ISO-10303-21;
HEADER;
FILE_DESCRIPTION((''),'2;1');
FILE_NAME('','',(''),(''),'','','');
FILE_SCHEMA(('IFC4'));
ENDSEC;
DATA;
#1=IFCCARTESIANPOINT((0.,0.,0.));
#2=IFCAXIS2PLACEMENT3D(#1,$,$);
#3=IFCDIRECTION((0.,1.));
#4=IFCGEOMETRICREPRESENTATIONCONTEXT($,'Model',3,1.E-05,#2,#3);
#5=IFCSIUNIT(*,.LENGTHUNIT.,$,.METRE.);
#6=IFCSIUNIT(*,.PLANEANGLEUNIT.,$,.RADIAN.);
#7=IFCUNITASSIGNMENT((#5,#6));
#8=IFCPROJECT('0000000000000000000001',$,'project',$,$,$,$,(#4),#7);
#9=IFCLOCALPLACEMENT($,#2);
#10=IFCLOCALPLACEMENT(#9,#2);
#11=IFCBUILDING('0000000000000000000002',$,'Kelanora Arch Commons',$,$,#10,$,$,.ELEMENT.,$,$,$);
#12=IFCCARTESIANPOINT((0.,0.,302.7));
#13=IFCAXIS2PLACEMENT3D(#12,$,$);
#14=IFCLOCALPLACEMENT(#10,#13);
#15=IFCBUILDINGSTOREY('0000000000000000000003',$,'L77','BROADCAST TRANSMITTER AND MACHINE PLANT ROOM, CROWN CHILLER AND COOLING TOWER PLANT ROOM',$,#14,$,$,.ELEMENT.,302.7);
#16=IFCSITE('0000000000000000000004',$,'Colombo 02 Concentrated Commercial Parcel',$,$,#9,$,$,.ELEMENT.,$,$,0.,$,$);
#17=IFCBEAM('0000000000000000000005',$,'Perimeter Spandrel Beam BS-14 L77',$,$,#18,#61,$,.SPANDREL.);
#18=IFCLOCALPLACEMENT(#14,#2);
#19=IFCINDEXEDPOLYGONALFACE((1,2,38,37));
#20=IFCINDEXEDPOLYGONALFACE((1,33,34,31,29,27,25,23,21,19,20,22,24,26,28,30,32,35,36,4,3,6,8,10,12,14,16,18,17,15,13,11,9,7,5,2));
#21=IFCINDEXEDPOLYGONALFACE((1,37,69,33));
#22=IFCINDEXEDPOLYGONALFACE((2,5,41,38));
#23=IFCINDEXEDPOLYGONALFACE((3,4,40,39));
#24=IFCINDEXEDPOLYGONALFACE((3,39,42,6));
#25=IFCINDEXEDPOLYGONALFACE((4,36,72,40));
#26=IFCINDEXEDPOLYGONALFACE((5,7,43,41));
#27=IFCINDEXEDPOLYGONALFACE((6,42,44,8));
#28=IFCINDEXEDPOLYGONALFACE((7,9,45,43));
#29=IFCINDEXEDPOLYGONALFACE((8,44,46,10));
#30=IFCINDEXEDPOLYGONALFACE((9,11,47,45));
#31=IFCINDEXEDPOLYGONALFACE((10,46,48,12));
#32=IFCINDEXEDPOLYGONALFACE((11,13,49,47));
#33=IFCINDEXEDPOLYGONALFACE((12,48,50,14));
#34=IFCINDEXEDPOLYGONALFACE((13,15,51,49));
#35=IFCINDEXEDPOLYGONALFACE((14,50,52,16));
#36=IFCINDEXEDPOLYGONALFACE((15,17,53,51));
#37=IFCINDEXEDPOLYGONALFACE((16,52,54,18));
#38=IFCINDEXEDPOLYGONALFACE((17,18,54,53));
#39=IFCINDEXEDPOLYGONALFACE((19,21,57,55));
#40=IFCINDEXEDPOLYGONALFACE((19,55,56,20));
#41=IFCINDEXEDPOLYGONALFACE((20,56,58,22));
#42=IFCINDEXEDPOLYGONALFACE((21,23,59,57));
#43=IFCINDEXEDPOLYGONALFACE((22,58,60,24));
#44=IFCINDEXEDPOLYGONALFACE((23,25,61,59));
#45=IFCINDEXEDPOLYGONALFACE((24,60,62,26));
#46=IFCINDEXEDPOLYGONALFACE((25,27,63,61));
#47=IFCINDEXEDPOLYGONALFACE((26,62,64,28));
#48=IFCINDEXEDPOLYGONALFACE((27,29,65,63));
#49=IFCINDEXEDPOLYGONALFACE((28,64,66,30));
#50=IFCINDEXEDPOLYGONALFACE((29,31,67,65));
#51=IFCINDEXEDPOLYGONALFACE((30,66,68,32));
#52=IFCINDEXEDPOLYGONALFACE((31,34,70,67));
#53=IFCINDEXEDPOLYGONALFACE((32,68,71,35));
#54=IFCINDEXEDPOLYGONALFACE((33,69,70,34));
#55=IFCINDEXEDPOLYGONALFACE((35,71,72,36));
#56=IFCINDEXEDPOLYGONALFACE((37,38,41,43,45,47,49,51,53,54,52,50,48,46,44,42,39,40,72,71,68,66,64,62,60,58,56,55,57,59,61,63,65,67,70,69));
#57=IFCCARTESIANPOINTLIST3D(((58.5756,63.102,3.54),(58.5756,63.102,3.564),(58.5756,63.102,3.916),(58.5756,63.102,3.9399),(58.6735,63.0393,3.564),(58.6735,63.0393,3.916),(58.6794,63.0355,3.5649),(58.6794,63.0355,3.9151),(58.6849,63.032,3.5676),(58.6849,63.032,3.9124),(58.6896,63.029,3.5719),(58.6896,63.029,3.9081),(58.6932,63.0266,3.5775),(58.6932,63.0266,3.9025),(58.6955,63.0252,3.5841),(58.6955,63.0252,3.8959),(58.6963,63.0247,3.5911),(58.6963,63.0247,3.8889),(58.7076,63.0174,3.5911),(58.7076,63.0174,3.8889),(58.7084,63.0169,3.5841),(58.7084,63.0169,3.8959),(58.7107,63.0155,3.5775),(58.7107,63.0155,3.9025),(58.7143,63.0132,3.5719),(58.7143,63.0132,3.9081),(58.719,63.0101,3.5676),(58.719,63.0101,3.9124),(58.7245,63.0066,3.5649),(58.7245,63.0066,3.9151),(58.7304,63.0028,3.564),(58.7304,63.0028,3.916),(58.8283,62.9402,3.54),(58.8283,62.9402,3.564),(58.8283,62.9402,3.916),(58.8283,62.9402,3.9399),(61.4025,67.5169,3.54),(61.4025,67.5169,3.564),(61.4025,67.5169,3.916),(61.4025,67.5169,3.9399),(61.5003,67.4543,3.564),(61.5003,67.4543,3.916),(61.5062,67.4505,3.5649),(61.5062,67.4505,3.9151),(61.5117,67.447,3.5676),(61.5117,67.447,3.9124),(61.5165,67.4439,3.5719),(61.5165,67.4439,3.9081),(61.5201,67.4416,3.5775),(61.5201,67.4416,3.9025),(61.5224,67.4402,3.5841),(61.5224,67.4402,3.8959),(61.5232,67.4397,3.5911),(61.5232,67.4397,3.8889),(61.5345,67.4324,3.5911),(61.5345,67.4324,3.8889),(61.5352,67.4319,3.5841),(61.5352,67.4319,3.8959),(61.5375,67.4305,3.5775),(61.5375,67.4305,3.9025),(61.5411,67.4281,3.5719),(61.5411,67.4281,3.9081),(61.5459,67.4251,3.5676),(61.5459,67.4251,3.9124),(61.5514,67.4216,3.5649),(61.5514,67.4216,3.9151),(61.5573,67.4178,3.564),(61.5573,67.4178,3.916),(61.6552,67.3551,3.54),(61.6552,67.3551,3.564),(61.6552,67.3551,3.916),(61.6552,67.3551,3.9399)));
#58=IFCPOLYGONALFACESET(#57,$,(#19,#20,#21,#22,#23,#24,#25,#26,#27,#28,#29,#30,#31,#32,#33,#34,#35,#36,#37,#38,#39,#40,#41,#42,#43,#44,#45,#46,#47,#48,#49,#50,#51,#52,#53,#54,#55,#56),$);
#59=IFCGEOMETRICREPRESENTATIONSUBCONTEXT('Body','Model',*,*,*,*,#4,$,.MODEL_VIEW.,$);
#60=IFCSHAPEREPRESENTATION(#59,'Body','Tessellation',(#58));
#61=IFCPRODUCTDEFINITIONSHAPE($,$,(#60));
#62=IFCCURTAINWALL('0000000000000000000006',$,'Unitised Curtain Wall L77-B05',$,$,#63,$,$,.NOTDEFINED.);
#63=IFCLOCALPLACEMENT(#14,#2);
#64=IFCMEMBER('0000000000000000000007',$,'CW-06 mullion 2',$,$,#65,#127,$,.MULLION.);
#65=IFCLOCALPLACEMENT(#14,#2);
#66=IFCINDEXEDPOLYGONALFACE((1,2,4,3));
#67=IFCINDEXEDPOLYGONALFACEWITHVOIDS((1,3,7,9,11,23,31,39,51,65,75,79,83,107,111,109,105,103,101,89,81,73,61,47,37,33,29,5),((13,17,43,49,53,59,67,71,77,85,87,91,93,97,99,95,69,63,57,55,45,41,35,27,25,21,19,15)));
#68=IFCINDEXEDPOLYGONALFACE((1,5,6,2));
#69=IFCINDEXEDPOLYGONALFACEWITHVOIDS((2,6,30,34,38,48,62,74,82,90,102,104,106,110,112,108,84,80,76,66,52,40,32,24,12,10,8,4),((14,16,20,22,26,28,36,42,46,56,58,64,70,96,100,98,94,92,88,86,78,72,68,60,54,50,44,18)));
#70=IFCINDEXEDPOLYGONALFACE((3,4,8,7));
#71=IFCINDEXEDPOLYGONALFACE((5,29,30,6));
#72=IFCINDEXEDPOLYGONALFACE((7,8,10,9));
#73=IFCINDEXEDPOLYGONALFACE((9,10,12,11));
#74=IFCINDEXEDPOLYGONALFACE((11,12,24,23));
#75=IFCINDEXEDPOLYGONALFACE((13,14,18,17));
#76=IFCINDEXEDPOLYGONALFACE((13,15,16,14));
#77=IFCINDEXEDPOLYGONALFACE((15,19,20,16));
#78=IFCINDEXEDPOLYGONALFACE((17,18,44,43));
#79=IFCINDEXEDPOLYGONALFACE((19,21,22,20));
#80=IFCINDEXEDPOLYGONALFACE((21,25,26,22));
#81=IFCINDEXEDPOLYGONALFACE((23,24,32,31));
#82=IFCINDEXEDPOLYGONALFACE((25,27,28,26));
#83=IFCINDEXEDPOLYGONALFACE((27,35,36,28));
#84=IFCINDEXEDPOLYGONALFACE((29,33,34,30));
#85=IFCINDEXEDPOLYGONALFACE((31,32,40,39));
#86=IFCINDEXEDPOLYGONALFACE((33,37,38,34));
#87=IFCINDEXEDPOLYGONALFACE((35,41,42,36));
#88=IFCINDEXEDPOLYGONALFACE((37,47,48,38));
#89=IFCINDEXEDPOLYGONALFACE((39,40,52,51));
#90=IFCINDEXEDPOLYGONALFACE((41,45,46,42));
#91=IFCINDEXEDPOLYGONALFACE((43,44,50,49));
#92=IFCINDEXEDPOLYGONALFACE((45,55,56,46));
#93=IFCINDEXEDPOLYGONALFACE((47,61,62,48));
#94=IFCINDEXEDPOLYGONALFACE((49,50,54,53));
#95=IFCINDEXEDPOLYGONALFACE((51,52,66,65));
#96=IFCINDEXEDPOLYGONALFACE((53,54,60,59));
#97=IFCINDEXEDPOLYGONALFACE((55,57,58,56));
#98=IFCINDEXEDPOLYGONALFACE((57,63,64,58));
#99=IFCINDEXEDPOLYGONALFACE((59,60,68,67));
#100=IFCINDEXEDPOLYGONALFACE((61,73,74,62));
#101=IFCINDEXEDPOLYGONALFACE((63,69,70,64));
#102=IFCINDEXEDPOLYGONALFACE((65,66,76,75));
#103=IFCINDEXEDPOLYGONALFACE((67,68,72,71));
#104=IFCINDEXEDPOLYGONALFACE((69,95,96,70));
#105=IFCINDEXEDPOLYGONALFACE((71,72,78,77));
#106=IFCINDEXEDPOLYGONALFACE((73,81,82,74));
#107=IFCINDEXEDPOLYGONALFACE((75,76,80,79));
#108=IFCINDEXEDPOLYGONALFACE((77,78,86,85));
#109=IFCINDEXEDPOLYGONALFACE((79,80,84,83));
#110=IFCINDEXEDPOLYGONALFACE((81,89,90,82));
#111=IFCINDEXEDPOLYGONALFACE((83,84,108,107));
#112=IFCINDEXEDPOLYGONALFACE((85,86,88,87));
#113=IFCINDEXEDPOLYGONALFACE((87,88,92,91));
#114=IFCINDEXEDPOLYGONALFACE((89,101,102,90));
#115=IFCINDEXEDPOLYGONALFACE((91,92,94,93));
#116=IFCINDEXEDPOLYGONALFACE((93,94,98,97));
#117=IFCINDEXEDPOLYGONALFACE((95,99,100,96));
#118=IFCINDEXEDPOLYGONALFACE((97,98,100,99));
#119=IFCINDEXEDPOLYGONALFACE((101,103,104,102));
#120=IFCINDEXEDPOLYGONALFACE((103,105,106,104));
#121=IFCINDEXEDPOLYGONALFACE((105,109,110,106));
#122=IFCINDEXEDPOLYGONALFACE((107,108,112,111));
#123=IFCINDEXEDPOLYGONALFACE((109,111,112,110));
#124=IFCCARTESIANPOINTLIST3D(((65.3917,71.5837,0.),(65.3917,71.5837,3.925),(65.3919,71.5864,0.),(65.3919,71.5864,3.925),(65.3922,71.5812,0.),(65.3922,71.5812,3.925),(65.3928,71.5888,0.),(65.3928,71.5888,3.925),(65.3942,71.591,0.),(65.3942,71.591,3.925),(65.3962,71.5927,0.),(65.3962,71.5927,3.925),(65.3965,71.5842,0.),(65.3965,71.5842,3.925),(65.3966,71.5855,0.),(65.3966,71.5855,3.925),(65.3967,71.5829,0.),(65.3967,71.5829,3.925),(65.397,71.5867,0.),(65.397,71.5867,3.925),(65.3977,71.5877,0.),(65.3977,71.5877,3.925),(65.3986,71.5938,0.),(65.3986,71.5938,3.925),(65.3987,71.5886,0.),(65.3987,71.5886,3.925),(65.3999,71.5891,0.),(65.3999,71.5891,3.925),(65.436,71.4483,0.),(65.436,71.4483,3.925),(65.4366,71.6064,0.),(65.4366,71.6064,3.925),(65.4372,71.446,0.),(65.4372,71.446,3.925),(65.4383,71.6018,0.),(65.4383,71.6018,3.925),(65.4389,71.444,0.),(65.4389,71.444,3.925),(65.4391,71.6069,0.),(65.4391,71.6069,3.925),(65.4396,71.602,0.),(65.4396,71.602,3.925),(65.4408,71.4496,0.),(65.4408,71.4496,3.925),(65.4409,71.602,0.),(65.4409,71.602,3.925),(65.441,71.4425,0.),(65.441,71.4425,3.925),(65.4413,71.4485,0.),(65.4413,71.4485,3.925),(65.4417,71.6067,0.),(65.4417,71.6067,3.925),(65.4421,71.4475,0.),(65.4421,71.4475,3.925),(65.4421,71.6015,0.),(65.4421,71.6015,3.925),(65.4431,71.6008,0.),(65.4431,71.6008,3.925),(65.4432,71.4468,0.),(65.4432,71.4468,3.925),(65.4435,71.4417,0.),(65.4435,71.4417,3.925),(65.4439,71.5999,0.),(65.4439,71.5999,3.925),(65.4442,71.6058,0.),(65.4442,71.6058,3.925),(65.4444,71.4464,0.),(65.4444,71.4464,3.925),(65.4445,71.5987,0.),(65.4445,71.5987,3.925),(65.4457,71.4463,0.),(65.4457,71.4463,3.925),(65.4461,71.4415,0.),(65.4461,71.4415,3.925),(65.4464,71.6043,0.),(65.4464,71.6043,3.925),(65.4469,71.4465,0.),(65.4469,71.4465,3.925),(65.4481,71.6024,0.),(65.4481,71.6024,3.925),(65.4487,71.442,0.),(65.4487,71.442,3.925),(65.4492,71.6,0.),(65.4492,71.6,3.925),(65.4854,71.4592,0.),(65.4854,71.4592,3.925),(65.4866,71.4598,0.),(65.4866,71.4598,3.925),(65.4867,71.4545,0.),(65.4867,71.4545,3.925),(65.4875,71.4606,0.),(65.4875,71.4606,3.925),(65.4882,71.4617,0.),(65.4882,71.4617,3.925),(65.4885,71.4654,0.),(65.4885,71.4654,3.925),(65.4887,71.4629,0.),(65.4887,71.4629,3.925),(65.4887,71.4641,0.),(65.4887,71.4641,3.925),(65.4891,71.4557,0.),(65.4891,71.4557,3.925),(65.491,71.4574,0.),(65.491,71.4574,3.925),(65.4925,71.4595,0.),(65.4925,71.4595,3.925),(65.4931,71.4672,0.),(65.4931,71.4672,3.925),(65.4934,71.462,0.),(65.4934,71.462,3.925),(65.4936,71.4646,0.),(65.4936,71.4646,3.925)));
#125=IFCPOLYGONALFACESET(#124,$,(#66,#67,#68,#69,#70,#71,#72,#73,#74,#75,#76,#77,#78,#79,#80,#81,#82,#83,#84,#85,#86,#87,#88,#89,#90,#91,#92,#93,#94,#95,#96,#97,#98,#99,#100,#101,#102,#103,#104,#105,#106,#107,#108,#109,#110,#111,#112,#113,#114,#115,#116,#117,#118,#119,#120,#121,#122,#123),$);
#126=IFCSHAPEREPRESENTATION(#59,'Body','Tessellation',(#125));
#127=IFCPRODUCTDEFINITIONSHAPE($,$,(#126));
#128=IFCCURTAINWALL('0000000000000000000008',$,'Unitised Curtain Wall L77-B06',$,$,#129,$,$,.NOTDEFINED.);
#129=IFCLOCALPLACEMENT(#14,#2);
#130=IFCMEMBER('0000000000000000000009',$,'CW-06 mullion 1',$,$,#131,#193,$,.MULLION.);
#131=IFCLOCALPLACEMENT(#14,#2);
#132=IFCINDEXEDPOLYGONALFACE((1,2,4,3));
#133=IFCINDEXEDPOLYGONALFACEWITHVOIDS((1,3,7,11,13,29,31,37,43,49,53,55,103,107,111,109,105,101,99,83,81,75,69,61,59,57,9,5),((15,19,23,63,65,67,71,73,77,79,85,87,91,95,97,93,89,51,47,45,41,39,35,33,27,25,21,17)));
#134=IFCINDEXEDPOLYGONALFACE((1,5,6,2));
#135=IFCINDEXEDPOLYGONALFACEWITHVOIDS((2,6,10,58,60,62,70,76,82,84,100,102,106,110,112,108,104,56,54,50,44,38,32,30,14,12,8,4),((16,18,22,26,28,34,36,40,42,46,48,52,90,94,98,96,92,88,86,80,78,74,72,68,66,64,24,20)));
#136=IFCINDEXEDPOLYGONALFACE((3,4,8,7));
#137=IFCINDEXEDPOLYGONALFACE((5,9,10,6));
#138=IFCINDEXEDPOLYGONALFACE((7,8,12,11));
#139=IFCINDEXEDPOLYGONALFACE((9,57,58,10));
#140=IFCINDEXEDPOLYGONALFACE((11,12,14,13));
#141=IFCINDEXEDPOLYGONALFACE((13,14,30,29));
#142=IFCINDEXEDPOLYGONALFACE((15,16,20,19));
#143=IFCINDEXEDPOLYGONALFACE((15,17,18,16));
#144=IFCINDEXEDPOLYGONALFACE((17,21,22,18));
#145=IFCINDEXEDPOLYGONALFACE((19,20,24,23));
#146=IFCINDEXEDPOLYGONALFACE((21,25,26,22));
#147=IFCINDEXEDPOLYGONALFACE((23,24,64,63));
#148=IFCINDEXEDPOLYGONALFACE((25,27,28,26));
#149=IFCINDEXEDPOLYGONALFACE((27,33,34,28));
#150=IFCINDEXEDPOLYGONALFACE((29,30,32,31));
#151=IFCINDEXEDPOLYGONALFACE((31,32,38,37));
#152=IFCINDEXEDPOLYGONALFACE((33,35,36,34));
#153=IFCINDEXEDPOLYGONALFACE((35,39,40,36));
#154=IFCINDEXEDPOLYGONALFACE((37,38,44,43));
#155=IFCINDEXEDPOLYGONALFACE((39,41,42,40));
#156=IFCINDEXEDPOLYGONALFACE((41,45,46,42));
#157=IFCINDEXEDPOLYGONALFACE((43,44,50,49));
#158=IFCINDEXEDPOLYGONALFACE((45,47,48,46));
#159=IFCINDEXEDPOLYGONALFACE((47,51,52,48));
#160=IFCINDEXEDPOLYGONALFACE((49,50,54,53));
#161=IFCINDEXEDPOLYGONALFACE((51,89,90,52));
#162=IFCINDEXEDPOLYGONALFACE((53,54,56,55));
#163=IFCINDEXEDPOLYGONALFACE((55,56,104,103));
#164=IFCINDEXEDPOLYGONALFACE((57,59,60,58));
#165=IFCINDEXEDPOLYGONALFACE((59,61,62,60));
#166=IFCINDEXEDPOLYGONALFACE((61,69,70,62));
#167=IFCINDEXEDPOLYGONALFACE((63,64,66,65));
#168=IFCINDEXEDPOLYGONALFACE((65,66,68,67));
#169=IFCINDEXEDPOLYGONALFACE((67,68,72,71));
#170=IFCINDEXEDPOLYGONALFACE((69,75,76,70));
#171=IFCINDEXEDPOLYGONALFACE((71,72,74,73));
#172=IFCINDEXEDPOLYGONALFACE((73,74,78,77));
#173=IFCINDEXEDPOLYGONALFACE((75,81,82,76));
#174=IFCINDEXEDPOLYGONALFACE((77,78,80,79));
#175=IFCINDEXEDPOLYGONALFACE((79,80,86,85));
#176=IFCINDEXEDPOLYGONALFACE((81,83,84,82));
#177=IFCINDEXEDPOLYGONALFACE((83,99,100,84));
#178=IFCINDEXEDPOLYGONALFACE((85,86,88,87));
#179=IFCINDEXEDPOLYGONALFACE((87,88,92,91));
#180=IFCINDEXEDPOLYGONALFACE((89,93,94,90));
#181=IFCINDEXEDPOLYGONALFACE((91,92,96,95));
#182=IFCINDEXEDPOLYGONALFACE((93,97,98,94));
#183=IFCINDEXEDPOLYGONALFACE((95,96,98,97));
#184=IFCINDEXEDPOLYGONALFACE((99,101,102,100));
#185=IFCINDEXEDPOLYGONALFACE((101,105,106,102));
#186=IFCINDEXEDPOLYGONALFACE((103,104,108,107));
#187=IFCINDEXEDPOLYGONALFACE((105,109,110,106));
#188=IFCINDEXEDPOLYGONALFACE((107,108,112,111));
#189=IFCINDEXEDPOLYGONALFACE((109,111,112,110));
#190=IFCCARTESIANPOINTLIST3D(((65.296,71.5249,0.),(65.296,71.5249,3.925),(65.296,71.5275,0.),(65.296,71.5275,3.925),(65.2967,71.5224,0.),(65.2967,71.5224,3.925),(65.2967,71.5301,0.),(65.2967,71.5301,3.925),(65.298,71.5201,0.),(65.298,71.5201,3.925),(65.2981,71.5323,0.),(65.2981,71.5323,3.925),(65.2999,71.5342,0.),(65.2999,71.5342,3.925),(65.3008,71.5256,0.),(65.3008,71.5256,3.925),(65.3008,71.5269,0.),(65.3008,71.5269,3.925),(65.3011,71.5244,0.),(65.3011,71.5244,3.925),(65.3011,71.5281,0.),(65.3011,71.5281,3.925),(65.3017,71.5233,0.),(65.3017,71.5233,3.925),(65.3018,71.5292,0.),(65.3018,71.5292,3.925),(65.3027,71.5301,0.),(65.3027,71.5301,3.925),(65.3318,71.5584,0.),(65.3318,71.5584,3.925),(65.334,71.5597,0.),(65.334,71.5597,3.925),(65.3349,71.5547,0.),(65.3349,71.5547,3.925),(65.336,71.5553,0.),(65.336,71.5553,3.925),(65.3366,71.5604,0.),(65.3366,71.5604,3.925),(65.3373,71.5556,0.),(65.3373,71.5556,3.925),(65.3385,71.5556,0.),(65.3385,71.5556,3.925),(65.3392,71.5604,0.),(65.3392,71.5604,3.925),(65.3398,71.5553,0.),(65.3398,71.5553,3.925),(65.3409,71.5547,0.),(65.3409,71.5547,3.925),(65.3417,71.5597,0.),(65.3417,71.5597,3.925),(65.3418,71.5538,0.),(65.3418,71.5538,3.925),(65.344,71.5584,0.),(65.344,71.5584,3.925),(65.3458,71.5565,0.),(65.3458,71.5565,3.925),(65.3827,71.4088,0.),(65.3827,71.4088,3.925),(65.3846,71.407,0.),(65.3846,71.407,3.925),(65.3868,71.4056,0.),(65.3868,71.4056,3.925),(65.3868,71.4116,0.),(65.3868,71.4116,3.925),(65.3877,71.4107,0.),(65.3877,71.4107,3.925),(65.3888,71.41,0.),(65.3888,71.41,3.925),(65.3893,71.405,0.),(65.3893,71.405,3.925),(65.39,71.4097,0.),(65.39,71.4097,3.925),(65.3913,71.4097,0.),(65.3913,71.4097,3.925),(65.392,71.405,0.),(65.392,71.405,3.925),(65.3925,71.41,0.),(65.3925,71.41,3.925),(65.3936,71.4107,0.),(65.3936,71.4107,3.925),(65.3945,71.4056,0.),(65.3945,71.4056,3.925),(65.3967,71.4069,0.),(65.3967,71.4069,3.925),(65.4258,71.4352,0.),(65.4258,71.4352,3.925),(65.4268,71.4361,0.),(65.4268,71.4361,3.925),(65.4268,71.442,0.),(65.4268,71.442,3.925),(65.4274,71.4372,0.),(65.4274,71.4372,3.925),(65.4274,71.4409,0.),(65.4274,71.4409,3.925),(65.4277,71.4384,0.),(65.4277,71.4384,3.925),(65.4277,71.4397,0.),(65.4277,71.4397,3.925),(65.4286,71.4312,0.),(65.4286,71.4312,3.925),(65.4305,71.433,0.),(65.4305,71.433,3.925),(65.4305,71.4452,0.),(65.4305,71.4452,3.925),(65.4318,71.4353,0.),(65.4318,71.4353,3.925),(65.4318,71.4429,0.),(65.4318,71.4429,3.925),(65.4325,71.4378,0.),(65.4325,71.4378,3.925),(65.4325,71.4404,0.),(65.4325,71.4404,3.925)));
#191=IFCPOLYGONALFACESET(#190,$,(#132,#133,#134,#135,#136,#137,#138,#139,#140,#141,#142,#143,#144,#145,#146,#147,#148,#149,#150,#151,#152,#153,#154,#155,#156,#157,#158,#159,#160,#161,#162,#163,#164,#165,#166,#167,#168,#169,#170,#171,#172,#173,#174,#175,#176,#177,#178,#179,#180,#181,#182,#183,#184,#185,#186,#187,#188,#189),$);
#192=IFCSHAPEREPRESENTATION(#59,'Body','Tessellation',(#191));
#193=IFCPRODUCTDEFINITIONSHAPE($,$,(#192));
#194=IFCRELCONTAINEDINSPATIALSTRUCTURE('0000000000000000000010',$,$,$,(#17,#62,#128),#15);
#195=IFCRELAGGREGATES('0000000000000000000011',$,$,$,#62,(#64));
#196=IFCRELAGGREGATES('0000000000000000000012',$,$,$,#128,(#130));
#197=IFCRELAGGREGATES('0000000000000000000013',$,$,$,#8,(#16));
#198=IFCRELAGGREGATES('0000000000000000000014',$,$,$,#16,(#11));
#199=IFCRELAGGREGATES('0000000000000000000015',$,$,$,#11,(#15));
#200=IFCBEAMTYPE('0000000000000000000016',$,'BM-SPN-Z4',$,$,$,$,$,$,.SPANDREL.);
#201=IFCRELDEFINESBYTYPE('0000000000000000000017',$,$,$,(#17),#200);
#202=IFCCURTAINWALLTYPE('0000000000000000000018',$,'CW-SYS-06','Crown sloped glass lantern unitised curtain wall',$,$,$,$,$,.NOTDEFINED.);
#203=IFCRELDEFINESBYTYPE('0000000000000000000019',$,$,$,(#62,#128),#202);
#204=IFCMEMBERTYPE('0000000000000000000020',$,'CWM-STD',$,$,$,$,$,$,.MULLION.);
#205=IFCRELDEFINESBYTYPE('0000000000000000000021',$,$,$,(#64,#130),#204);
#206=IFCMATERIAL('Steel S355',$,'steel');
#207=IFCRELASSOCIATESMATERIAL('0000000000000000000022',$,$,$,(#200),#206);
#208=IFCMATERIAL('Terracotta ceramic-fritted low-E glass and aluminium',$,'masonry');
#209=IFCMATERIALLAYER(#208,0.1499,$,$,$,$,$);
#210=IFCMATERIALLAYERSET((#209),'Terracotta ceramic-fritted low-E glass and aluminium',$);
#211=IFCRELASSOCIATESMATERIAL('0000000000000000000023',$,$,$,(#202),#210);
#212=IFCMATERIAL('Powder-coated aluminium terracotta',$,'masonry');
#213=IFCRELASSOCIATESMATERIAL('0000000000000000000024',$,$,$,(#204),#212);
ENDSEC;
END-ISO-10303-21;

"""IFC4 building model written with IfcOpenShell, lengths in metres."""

from ifc_helpers import new_model, si_unit, direction, frame, origin, origin_2d, place, context, subcontext, project, spatial, hollow_rectangle, i_section, extrude, material, layer, layer_set, material_profile, profile_set, type_object, element, aggregate, save


model = new_model("IFC4")

# Units and contexts
model_context = context("Model", 3, precision=1e-05, world=origin(), true_north=direction((0.0, 1.0)))
body_context = subcontext(model_context, "Body", "Model", "MODEL_VIEW")
ifc_project = project(units=[si_unit("LENGTHUNIT", "METRE"), si_unit("PLANEANGLEUNIT", "RADIAN")], contexts=[model_context])

# Site, building, storey
site_placement = place(None, origin())
site = spatial("IfcSite", under=ifc_project, at=site_placement, Name="Colombo 02 Concentrated Commercial Parcel", CompositionType="ELEMENT", RefElevation=0.0)
building_placement = place(site_placement, origin())
building = spatial("IfcBuilding", under=site, at=building_placement, Name="Kelanora Arch Commons", CompositionType="ELEMENT")
storey_placement = place(building_placement, frame((0.0, 0.0, 302.7)))
storey = spatial("IfcBuildingStorey", under=building, at=storey_placement, Name="L77", Description="BROADCAST TRANSMITTER AND MACHINE PLANT ROOM, CROWN CHILLER AND COOLING TOWER PLANT ROOM", CompositionType="ELEMENT", Elevation=302.7)

# Beam
ifc_material_1 = material(Name="Steel S355", Category="steel")
ifc_material_profile_1 = material_profile(ifc_material_1, i_section(OverallWidth=0.3, OverallDepth=0.3999, WebThickness=0.0134, FlangeThickness=0.0239, FilletRadius=0.0271, at=origin_2d()), Name="HEB400")
ifc_profile_set_1 = profile_set([ifc_material_profile_1], Name="Steel S355")
beam_type_1 = type_object("IfcBeamType", Name="BM-SPN-Z4", PredefinedType="SPANDREL", material=ifc_profile_set_1)
beam_1_placement = place(storey_placement, frame((61.5288, 67.436, 3.74), z_axis=(-0.539227, -0.842161, 0.0), x_axis=(0.842161, -0.539227, 0.0)))
element("IfcBeam", 1, at=beam_1_placement, inside=storey, type_object=beam_type_1, Name="Perimeter Spandrel Beam BS-14 L77", PredefinedType="SPANDREL", context=body_context, shape_type="SweptSolid", body=[
    extrude(i_section(OverallWidth=0.3, OverallDepth=0.3999, WebThickness=0.0134, FlangeThickness=0.0239, FilletRadius=0.0271, at=origin_2d()), origin(), (0.0, 0.0, 1.0), 5.2424),
])

# Curtain wall, member
ifc_material_2 = material(Name="Terracotta ceramic-fritted low-E glass and aluminium", Category="masonry")
ifc_layer_1 = layer(ifc_material_2, 0.1499)
ifc_layer_set_1 = layer_set([ifc_layer_1], Name="Terracotta ceramic-fritted low-E glass and aluminium")
curtain_wall_type = type_object("IfcCurtainWallType", Name="CW-SYS-06", Description="Crown sloped glass lantern unitised curtain wall", PredefinedType="NOTDEFINED", material=ifc_layer_set_1)
curtain_wall_1_placement = place(storey_placement, origin())
curtain_wall_1 = element("IfcCurtainWall", 2, at=curtain_wall_1_placement, inside=storey, type_object=curtain_wall_type, Name="Unitised Curtain Wall L77-B05", PredefinedType="NOTDEFINED")
ifc_material_3 = material(Name="Powder-coated aluminium terracotta", Category="masonry")
ifc_material_profile_2 = material_profile(ifc_material_3, hollow_rectangle(XDim=0.1599, YDim=0.0601, WallThickness=0.0049, InnerFilletRadius=0.0049, OuterFilletRadius=0.01, at=origin_2d()), Name="CWM160x60")
ifc_profile_set_2 = profile_set([ifc_material_profile_2], Name="Powder-coated aluminium terracotta")
member_type_1 = type_object("IfcMemberType", Name="CWM-STD", PredefinedType="MULLION", material=ifc_profile_set_2)
member_1_placement = place(storey_placement, frame((65.4426, 71.5242, 0.0), z_axis=(0.0, 0.0, 1.0), x_axis=(0.313467, -0.949599, 0.0)))
member_1 = element("IfcMember", 3, at=member_1_placement, type_object=member_type_1, Name="CW-06 mullion 2", PredefinedType="MULLION", context=body_context, shape_type="SweptSolid", body=[
    extrude(hollow_rectangle(XDim=0.1599, YDim=0.0601, WallThickness=0.0049, InnerFilletRadius=0.0049, OuterFilletRadius=0.01, at=origin_2d()), origin(), (0.0, 0.0, 1.0), 3.925),
])
aggregate(curtain_wall_1, [member_1])

# Curtain wall, member
curtain_wall_2_placement = place(storey_placement, origin())
curtain_wall_2 = element("IfcCurtainWall", 4, at=curtain_wall_2_placement, inside=storey, type_object=curtain_wall_type, Name="Unitised Curtain Wall L77-B06", PredefinedType="NOTDEFINED")
member_2_placement = place(storey_placement, frame((65.3643, 71.4827, 0.0), z_axis=(0.0, 0.0, 1.0), x_axis=(0.605596, -0.795772, 0.0)))
member_2 = element("IfcMember", 5, at=member_2_placement, type_object=member_type_1, Name="CW-06 mullion 1", PredefinedType="MULLION", context=body_context, shape_type="SweptSolid", body=[
    extrude(hollow_rectangle(XDim=0.1599, YDim=0.0601, WallThickness=0.0049, InnerFilletRadius=0.0049, OuterFilletRadius=0.01, at=origin_2d()), origin(), (0.0, 0.0, 1.0), 3.925),
])

aggregate(curtain_wall_2, [member_2])

save(model, "model.ifc")
